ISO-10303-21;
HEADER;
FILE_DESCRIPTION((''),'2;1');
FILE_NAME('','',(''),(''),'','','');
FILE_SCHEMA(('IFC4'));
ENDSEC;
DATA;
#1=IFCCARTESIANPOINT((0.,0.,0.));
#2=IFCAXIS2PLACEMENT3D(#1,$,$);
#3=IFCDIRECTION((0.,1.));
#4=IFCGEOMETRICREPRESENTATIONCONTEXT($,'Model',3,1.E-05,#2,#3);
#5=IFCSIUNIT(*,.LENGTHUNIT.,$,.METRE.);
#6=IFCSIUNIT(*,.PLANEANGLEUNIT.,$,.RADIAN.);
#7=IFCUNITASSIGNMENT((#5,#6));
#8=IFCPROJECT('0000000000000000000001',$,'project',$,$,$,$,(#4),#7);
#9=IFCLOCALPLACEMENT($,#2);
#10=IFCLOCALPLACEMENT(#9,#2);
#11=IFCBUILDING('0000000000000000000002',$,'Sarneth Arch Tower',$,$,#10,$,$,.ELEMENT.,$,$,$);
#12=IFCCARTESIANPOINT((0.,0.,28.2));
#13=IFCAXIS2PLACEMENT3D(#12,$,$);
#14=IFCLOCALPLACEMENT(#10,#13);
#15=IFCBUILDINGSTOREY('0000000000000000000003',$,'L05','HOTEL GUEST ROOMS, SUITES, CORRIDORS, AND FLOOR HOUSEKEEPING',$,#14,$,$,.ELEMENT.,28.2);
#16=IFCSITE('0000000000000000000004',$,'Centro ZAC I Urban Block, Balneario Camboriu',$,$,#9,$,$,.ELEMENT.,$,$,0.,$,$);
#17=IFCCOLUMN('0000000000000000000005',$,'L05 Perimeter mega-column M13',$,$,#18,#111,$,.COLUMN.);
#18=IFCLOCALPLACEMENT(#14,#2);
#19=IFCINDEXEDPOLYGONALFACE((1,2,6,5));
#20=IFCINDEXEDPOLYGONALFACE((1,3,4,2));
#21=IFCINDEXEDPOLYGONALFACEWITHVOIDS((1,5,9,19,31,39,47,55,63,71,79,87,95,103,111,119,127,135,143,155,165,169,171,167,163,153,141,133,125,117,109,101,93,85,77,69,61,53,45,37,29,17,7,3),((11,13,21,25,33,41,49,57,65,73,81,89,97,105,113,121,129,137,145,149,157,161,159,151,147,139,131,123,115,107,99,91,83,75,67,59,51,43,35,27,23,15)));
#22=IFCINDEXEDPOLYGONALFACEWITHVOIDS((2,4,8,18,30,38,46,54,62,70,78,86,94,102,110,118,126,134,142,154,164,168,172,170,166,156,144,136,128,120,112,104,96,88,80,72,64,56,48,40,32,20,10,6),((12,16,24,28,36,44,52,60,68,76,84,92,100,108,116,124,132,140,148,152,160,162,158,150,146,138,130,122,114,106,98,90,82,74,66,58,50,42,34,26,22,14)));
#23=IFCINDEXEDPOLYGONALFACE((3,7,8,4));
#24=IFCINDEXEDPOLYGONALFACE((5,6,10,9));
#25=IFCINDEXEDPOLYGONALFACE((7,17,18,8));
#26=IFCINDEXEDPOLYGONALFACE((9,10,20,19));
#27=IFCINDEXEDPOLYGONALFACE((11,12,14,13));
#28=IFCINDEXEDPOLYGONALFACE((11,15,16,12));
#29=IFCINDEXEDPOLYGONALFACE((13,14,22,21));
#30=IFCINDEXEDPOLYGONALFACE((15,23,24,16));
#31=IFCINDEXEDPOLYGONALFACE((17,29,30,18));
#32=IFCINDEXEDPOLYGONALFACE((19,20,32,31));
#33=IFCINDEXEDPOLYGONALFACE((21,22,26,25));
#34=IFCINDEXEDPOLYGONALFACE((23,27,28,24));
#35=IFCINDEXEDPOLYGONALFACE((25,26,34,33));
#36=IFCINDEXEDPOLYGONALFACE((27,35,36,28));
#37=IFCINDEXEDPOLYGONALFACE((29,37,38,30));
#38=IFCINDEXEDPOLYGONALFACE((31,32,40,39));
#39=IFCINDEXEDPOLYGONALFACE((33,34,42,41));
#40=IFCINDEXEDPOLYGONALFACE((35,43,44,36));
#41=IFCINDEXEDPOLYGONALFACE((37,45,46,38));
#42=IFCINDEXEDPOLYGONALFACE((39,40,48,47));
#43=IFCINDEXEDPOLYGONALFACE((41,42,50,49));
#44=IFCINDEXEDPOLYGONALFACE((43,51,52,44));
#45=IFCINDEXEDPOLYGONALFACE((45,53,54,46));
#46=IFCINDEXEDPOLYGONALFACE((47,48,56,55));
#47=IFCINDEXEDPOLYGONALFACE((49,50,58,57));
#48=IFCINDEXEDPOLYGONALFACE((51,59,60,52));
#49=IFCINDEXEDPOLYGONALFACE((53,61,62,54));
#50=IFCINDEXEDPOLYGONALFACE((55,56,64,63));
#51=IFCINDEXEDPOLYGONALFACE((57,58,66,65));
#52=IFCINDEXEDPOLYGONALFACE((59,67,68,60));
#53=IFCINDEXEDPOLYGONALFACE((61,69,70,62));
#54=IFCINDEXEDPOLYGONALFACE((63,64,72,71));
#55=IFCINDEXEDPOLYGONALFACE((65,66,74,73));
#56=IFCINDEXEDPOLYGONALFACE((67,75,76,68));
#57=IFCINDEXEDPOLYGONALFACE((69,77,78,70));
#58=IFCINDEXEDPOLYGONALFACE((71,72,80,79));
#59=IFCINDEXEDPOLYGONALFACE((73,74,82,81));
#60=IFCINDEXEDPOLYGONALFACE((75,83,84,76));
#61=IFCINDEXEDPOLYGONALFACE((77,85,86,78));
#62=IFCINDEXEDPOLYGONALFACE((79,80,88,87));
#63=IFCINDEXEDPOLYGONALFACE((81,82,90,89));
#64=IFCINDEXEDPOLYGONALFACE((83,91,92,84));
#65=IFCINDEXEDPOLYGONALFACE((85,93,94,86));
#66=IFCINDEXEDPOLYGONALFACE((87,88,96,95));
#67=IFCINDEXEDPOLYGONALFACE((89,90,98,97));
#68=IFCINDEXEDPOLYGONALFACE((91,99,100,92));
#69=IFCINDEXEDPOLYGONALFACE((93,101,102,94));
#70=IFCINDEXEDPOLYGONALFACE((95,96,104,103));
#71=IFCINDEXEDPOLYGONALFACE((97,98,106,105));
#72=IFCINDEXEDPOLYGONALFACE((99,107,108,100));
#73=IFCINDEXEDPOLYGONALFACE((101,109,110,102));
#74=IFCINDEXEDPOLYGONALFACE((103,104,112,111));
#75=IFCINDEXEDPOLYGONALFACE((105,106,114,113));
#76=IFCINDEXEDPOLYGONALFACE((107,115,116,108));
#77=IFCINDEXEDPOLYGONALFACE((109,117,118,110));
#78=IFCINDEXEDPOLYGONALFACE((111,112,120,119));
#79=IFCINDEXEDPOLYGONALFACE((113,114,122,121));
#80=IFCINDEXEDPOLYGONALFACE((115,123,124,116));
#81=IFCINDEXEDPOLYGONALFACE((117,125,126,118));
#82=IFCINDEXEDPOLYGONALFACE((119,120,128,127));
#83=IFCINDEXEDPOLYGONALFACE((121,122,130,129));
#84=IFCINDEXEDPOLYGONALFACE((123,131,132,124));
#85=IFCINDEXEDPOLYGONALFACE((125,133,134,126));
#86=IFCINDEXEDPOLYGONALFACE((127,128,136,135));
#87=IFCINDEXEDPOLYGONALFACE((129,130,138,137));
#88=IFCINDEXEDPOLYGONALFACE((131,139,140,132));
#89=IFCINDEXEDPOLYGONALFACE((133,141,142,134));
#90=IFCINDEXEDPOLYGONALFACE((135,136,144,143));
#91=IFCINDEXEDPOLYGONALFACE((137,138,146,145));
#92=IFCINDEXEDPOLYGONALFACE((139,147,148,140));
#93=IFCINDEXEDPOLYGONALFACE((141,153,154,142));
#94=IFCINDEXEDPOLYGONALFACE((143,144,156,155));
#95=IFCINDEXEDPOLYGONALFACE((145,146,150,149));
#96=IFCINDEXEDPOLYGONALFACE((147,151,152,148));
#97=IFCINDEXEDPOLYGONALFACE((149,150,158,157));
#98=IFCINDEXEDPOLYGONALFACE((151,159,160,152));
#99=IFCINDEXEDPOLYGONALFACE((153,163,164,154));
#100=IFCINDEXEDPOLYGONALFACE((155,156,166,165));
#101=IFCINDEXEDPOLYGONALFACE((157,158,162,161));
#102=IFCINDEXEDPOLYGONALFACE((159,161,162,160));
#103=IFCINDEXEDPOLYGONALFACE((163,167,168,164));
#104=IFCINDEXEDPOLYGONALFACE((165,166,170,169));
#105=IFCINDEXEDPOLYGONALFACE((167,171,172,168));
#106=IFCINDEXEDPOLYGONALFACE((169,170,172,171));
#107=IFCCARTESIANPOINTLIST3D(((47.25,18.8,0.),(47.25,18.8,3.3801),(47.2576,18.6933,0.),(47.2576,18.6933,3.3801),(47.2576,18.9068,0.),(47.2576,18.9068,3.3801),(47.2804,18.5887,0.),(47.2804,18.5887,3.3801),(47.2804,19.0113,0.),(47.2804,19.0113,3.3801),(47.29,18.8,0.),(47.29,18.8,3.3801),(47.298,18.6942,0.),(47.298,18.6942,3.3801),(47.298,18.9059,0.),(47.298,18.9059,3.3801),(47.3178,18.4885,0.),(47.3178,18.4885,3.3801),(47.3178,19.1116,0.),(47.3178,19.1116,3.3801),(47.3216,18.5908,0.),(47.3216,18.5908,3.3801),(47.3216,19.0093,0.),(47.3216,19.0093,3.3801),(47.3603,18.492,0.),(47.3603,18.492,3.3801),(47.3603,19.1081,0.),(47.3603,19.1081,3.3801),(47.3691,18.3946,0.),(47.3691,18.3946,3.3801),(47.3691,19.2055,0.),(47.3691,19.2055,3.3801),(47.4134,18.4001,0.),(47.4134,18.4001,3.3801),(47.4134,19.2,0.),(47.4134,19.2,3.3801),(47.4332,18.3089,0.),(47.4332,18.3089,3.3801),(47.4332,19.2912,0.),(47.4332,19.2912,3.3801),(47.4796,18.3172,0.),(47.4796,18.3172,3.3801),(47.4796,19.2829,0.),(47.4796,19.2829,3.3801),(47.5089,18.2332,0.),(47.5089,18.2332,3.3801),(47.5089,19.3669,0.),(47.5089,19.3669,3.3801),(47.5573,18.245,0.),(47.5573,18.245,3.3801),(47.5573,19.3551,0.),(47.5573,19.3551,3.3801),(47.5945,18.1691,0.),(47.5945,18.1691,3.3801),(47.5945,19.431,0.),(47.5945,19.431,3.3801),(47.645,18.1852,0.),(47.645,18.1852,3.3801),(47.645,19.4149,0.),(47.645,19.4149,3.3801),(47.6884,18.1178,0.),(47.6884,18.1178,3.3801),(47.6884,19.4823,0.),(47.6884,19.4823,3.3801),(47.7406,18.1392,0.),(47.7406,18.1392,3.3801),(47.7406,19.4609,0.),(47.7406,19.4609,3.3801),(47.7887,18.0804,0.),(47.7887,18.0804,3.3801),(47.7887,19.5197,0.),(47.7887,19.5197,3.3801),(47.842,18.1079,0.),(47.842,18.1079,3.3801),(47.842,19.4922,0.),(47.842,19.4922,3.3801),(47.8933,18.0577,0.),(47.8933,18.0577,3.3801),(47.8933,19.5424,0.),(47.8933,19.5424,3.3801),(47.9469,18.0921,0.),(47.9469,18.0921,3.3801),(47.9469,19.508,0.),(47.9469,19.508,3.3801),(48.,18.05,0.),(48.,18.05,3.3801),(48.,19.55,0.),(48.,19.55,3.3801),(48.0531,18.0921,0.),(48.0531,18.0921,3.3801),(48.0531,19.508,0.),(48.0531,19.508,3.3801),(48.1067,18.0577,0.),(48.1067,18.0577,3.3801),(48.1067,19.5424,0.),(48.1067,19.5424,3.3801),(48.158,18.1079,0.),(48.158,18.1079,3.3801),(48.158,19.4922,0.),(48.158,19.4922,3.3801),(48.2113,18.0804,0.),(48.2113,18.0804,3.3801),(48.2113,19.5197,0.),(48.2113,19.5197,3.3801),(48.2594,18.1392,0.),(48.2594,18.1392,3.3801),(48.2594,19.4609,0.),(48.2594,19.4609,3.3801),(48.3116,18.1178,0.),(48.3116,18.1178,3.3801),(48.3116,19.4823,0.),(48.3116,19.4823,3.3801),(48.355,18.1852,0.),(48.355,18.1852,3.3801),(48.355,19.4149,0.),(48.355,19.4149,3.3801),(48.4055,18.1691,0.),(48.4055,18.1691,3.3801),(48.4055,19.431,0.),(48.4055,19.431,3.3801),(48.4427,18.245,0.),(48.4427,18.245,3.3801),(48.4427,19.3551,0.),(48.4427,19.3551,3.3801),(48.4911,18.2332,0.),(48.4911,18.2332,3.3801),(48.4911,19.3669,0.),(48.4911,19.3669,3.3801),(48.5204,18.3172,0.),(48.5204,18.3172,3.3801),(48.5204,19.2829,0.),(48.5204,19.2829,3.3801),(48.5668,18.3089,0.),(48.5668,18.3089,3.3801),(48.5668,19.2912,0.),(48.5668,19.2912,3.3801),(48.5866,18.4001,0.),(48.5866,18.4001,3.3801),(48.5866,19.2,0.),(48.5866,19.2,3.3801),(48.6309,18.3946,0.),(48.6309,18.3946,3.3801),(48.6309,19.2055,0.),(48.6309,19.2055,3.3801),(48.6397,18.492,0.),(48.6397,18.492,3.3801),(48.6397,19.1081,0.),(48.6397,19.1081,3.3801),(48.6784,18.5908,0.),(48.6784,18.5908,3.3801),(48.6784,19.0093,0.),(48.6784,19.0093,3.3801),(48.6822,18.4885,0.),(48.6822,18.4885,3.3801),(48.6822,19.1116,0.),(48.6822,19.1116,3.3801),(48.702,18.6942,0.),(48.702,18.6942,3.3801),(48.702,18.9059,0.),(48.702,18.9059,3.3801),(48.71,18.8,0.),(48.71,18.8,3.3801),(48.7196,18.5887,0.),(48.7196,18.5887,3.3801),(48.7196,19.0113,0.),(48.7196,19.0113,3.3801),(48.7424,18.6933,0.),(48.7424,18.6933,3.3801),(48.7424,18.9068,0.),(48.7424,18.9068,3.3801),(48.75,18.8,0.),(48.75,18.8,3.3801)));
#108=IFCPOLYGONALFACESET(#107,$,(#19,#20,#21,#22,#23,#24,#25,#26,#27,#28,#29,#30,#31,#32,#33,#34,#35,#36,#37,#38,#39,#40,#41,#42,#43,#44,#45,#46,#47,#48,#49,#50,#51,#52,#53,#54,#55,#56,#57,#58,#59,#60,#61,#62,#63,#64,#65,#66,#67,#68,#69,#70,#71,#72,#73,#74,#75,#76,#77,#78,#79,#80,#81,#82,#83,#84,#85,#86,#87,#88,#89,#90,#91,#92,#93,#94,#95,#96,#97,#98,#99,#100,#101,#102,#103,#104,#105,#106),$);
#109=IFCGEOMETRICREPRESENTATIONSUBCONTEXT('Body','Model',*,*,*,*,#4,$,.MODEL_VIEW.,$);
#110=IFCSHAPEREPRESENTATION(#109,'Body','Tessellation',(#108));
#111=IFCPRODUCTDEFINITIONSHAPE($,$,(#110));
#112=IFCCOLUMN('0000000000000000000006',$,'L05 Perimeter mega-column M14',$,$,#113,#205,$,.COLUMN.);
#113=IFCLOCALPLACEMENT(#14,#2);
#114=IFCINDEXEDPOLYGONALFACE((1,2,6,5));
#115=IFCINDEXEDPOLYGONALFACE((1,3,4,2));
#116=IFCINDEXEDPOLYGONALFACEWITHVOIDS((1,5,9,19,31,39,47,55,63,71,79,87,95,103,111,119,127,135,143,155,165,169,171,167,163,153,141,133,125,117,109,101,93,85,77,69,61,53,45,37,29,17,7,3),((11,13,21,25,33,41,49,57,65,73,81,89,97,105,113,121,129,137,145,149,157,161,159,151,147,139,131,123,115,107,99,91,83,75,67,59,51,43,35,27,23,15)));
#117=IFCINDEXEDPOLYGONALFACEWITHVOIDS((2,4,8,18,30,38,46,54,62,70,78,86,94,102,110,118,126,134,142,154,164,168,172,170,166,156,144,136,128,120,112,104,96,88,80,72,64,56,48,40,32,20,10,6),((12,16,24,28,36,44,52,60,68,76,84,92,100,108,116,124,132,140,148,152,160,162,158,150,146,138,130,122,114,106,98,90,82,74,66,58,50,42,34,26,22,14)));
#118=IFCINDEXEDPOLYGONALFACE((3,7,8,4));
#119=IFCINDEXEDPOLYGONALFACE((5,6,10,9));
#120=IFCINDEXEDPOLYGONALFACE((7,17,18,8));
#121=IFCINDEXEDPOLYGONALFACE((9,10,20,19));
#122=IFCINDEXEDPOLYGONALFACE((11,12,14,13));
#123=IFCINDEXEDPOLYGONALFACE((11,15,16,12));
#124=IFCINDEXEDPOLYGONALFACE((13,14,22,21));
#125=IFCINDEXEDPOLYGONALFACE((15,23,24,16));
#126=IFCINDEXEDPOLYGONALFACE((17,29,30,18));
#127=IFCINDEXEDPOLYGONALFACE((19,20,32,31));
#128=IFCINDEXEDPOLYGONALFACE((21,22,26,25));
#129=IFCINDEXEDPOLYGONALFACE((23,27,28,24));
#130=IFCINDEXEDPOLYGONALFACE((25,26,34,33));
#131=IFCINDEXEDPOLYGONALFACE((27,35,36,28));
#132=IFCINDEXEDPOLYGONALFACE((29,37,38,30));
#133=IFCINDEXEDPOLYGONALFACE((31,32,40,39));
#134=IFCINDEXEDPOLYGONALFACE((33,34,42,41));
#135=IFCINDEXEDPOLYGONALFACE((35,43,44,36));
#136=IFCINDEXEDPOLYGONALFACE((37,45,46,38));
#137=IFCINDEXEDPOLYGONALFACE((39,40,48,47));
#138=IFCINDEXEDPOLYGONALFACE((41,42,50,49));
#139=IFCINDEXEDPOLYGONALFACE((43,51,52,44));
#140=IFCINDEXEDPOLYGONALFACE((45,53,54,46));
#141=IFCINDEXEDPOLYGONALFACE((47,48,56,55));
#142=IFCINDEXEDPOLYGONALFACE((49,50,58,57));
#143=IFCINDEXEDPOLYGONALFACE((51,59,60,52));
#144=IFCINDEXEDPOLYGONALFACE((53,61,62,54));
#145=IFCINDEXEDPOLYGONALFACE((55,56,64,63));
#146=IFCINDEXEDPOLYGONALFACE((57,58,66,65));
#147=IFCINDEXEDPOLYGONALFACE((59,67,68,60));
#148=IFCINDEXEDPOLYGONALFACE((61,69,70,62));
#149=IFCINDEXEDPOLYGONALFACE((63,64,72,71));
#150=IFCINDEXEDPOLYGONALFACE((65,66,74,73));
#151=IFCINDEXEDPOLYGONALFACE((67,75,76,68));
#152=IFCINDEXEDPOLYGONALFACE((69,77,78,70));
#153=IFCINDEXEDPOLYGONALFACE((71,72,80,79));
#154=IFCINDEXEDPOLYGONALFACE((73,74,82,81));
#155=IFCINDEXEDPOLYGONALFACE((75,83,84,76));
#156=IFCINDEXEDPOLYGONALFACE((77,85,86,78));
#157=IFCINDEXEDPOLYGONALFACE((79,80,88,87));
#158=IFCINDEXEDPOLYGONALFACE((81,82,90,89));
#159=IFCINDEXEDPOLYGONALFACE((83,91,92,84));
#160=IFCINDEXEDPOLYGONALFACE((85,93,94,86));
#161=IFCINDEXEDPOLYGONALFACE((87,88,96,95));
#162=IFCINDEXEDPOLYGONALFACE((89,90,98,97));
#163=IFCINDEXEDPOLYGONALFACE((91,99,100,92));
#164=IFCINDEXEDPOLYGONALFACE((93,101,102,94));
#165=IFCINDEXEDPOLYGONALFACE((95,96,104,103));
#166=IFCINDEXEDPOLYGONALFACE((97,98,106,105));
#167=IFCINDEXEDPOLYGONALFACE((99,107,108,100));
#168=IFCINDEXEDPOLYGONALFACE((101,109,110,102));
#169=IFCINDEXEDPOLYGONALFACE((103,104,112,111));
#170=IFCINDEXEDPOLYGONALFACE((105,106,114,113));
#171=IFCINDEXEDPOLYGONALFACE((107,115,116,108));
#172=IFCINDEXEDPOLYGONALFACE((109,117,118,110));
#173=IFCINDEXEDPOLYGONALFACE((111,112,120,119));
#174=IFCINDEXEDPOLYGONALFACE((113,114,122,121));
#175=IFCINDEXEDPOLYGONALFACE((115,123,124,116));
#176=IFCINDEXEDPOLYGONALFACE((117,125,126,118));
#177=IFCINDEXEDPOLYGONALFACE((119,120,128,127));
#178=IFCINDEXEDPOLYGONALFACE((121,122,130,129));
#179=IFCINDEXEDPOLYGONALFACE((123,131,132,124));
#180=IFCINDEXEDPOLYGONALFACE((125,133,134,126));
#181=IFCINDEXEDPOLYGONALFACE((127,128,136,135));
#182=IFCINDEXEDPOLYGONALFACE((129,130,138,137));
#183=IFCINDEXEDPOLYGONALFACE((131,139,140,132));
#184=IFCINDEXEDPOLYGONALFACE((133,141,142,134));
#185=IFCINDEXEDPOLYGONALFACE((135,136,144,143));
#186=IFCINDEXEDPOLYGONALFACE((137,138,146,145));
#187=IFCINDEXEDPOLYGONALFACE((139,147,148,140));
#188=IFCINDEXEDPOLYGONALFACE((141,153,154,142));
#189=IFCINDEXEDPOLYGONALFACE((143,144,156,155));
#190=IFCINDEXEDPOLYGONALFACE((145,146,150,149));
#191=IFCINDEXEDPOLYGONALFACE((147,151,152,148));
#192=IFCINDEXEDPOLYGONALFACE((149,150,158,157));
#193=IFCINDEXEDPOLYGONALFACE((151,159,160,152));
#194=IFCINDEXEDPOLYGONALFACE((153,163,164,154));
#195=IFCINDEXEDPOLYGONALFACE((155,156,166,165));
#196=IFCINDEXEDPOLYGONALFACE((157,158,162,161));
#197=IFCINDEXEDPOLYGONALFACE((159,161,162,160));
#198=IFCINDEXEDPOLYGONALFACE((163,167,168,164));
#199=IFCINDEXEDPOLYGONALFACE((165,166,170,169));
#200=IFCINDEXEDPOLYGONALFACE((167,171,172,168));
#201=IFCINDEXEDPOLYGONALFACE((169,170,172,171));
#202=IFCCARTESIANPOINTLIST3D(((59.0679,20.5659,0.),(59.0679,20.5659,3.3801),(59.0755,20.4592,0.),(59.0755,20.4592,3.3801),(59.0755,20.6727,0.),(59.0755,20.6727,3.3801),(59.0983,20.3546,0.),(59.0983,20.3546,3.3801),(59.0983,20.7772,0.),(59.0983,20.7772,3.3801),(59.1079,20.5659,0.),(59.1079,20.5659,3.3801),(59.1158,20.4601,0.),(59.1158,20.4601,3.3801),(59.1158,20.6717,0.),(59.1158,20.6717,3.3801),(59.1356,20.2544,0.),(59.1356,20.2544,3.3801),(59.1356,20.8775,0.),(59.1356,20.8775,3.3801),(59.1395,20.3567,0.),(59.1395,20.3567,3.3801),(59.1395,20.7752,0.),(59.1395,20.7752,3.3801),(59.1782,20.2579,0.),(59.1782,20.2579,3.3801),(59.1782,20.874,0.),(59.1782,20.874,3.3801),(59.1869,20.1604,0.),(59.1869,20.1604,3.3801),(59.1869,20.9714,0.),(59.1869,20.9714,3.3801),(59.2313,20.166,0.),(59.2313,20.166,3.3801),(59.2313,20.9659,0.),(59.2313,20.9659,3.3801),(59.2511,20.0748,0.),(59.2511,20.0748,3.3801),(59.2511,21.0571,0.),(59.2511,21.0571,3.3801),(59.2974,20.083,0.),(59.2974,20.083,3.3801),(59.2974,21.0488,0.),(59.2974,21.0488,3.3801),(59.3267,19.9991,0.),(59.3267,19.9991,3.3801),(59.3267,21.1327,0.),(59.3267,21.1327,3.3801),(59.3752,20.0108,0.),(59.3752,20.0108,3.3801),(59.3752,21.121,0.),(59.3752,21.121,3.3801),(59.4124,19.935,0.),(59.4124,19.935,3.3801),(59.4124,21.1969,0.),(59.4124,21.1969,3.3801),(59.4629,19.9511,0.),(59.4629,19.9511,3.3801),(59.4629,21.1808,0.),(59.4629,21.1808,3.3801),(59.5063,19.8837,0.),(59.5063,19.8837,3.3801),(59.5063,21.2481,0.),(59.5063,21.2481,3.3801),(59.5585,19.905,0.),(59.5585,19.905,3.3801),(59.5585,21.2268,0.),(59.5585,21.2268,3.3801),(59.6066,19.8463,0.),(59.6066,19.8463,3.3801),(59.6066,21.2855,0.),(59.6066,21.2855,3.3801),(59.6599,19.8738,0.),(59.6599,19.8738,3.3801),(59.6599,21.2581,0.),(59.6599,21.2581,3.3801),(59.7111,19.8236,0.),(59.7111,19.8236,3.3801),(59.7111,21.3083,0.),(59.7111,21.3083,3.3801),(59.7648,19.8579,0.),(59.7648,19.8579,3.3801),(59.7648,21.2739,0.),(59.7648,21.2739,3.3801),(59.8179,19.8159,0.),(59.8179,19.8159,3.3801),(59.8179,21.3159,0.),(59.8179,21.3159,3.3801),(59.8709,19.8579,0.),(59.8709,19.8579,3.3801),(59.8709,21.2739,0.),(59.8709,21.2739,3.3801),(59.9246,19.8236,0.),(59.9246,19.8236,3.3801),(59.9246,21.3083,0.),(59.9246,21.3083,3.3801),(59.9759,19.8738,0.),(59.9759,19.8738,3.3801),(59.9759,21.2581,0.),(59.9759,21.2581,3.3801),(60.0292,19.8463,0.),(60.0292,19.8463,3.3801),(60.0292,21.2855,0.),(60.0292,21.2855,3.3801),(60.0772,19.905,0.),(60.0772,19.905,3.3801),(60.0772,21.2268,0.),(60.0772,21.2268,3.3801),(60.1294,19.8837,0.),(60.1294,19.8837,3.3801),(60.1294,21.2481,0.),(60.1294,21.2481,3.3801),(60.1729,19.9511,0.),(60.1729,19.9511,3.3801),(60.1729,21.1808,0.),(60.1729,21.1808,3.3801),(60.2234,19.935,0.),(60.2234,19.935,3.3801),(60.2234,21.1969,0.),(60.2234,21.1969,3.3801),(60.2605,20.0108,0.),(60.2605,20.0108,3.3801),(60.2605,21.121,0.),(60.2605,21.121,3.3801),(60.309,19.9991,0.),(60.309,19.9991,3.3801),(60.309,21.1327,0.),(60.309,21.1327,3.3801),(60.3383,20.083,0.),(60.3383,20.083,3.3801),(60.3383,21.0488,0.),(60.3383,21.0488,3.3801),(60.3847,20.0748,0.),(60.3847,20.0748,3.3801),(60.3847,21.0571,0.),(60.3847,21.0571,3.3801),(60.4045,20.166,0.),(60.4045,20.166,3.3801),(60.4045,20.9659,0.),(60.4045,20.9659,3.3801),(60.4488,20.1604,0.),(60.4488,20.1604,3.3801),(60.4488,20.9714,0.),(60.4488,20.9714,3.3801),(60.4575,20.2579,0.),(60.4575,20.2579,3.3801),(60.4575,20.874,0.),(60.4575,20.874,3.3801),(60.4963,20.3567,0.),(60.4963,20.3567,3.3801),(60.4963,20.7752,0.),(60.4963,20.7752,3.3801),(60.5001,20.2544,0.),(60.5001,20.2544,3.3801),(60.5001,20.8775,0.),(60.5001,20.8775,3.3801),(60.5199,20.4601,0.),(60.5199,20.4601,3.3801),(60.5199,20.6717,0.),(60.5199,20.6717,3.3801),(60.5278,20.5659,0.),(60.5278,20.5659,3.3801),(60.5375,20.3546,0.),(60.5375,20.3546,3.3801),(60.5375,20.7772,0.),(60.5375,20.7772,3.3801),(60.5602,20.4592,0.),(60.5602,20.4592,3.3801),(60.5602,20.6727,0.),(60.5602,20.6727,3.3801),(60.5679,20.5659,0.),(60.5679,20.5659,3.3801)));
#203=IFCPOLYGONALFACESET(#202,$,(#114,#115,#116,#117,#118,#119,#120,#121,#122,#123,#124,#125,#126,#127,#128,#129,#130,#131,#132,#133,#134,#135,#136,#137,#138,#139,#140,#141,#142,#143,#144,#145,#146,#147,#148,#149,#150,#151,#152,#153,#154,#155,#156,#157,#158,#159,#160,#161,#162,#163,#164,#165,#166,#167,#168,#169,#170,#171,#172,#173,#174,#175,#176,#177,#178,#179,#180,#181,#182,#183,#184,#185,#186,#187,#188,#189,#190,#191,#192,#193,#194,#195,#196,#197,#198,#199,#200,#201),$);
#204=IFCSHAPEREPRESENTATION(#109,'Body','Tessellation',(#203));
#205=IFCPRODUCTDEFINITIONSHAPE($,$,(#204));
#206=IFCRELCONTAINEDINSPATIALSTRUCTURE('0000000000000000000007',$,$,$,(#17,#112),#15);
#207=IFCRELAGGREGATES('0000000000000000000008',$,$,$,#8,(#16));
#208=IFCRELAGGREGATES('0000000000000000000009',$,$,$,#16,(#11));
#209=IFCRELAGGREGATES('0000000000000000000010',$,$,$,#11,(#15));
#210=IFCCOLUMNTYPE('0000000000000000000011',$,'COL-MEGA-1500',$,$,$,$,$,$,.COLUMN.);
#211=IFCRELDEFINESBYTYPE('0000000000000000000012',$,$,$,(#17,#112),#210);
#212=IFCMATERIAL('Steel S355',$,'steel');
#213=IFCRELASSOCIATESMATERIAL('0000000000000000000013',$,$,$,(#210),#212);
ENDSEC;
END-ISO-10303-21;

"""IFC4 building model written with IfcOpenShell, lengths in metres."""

from ifc_helpers import new_model, si_unit, direction, frame, origin, origin_2d, place, context, subcontext, project, spatial, hollow_circle, extrude, material, material_profile, profile_set, type_object, element, save


model = new_model("IFC4")

# Units and contexts
model_context = context("Model", 3, precision=1e-05, world=origin(), true_north=direction((0.0, 1.0)))
body_context = subcontext(model_context, "Body", "Model", "MODEL_VIEW")
ifc_project = project(units=[si_unit("LENGTHUNIT", "METRE"), si_unit("PLANEANGLEUNIT", "RADIAN")], contexts=[model_context])

# Site, building, storey
site_placement = place(None, origin())
site = spatial("IfcSite", under=ifc_project, at=site_placement, Name="Centro ZAC I Urban Block, Balneario Camboriu", CompositionType="ELEMENT", RefElevation=0.0)
building_placement = place(site_placement, origin())
building = spatial("IfcBuilding", under=site, at=building_placement, Name="Sarneth Arch Tower", CompositionType="ELEMENT")
storey_placement = place(building_placement, frame((0.0, 0.0, 28.2)))
storey = spatial("IfcBuildingStorey", under=building, at=storey_placement, Name="L05", Description="HOTEL GUEST ROOMS, SUITES, CORRIDORS, AND FLOOR HOUSEKEEPING", CompositionType="ELEMENT", Elevation=28.2)

# Columns
ifc_material_1 = material(Name="Steel S355", Category="steel")
ifc_material_profile_1 = material_profile(ifc_material_1, hollow_circle(Radius=0.75, WallThickness=0.04, at=origin_2d()), Name="CHS1500x40")
ifc_profile_set_1 = profile_set([ifc_material_profile_1], Name="Steel S355")
column_type = type_object("IfcColumnType", Name="COL-MEGA-1500", PredefinedType="COLUMN", material=ifc_profile_set_1)
for number, where, z_axis, x_axis, name in (
    (1, (48.0, 18.8, 0.0), (0.0, 0.0, 1.0), (1.0, 0.0, 0.0), "L05 Perimeter mega-column M13"),
    (2, (59.8179, 20.5659, 0.0), (0.0, 0.0, 1.0), (1.0, 0.0, 0.0), "L05 Perimeter mega-column M14"),
):
    element("IfcColumn", number, at=place(storey_placement, frame(where, z_axis=z_axis, x_axis=x_axis)), inside=storey, type_object=column_type, Name=name, PredefinedType="COLUMN", context=body_context, shape_type="SweptSolid", body=[
        extrude(hollow_circle(Radius=0.75, WallThickness=0.04, at=origin_2d()), origin(), (0.0, 0.0, 1.0), 3.3801),
    ])

save(model, "model.ifc")
